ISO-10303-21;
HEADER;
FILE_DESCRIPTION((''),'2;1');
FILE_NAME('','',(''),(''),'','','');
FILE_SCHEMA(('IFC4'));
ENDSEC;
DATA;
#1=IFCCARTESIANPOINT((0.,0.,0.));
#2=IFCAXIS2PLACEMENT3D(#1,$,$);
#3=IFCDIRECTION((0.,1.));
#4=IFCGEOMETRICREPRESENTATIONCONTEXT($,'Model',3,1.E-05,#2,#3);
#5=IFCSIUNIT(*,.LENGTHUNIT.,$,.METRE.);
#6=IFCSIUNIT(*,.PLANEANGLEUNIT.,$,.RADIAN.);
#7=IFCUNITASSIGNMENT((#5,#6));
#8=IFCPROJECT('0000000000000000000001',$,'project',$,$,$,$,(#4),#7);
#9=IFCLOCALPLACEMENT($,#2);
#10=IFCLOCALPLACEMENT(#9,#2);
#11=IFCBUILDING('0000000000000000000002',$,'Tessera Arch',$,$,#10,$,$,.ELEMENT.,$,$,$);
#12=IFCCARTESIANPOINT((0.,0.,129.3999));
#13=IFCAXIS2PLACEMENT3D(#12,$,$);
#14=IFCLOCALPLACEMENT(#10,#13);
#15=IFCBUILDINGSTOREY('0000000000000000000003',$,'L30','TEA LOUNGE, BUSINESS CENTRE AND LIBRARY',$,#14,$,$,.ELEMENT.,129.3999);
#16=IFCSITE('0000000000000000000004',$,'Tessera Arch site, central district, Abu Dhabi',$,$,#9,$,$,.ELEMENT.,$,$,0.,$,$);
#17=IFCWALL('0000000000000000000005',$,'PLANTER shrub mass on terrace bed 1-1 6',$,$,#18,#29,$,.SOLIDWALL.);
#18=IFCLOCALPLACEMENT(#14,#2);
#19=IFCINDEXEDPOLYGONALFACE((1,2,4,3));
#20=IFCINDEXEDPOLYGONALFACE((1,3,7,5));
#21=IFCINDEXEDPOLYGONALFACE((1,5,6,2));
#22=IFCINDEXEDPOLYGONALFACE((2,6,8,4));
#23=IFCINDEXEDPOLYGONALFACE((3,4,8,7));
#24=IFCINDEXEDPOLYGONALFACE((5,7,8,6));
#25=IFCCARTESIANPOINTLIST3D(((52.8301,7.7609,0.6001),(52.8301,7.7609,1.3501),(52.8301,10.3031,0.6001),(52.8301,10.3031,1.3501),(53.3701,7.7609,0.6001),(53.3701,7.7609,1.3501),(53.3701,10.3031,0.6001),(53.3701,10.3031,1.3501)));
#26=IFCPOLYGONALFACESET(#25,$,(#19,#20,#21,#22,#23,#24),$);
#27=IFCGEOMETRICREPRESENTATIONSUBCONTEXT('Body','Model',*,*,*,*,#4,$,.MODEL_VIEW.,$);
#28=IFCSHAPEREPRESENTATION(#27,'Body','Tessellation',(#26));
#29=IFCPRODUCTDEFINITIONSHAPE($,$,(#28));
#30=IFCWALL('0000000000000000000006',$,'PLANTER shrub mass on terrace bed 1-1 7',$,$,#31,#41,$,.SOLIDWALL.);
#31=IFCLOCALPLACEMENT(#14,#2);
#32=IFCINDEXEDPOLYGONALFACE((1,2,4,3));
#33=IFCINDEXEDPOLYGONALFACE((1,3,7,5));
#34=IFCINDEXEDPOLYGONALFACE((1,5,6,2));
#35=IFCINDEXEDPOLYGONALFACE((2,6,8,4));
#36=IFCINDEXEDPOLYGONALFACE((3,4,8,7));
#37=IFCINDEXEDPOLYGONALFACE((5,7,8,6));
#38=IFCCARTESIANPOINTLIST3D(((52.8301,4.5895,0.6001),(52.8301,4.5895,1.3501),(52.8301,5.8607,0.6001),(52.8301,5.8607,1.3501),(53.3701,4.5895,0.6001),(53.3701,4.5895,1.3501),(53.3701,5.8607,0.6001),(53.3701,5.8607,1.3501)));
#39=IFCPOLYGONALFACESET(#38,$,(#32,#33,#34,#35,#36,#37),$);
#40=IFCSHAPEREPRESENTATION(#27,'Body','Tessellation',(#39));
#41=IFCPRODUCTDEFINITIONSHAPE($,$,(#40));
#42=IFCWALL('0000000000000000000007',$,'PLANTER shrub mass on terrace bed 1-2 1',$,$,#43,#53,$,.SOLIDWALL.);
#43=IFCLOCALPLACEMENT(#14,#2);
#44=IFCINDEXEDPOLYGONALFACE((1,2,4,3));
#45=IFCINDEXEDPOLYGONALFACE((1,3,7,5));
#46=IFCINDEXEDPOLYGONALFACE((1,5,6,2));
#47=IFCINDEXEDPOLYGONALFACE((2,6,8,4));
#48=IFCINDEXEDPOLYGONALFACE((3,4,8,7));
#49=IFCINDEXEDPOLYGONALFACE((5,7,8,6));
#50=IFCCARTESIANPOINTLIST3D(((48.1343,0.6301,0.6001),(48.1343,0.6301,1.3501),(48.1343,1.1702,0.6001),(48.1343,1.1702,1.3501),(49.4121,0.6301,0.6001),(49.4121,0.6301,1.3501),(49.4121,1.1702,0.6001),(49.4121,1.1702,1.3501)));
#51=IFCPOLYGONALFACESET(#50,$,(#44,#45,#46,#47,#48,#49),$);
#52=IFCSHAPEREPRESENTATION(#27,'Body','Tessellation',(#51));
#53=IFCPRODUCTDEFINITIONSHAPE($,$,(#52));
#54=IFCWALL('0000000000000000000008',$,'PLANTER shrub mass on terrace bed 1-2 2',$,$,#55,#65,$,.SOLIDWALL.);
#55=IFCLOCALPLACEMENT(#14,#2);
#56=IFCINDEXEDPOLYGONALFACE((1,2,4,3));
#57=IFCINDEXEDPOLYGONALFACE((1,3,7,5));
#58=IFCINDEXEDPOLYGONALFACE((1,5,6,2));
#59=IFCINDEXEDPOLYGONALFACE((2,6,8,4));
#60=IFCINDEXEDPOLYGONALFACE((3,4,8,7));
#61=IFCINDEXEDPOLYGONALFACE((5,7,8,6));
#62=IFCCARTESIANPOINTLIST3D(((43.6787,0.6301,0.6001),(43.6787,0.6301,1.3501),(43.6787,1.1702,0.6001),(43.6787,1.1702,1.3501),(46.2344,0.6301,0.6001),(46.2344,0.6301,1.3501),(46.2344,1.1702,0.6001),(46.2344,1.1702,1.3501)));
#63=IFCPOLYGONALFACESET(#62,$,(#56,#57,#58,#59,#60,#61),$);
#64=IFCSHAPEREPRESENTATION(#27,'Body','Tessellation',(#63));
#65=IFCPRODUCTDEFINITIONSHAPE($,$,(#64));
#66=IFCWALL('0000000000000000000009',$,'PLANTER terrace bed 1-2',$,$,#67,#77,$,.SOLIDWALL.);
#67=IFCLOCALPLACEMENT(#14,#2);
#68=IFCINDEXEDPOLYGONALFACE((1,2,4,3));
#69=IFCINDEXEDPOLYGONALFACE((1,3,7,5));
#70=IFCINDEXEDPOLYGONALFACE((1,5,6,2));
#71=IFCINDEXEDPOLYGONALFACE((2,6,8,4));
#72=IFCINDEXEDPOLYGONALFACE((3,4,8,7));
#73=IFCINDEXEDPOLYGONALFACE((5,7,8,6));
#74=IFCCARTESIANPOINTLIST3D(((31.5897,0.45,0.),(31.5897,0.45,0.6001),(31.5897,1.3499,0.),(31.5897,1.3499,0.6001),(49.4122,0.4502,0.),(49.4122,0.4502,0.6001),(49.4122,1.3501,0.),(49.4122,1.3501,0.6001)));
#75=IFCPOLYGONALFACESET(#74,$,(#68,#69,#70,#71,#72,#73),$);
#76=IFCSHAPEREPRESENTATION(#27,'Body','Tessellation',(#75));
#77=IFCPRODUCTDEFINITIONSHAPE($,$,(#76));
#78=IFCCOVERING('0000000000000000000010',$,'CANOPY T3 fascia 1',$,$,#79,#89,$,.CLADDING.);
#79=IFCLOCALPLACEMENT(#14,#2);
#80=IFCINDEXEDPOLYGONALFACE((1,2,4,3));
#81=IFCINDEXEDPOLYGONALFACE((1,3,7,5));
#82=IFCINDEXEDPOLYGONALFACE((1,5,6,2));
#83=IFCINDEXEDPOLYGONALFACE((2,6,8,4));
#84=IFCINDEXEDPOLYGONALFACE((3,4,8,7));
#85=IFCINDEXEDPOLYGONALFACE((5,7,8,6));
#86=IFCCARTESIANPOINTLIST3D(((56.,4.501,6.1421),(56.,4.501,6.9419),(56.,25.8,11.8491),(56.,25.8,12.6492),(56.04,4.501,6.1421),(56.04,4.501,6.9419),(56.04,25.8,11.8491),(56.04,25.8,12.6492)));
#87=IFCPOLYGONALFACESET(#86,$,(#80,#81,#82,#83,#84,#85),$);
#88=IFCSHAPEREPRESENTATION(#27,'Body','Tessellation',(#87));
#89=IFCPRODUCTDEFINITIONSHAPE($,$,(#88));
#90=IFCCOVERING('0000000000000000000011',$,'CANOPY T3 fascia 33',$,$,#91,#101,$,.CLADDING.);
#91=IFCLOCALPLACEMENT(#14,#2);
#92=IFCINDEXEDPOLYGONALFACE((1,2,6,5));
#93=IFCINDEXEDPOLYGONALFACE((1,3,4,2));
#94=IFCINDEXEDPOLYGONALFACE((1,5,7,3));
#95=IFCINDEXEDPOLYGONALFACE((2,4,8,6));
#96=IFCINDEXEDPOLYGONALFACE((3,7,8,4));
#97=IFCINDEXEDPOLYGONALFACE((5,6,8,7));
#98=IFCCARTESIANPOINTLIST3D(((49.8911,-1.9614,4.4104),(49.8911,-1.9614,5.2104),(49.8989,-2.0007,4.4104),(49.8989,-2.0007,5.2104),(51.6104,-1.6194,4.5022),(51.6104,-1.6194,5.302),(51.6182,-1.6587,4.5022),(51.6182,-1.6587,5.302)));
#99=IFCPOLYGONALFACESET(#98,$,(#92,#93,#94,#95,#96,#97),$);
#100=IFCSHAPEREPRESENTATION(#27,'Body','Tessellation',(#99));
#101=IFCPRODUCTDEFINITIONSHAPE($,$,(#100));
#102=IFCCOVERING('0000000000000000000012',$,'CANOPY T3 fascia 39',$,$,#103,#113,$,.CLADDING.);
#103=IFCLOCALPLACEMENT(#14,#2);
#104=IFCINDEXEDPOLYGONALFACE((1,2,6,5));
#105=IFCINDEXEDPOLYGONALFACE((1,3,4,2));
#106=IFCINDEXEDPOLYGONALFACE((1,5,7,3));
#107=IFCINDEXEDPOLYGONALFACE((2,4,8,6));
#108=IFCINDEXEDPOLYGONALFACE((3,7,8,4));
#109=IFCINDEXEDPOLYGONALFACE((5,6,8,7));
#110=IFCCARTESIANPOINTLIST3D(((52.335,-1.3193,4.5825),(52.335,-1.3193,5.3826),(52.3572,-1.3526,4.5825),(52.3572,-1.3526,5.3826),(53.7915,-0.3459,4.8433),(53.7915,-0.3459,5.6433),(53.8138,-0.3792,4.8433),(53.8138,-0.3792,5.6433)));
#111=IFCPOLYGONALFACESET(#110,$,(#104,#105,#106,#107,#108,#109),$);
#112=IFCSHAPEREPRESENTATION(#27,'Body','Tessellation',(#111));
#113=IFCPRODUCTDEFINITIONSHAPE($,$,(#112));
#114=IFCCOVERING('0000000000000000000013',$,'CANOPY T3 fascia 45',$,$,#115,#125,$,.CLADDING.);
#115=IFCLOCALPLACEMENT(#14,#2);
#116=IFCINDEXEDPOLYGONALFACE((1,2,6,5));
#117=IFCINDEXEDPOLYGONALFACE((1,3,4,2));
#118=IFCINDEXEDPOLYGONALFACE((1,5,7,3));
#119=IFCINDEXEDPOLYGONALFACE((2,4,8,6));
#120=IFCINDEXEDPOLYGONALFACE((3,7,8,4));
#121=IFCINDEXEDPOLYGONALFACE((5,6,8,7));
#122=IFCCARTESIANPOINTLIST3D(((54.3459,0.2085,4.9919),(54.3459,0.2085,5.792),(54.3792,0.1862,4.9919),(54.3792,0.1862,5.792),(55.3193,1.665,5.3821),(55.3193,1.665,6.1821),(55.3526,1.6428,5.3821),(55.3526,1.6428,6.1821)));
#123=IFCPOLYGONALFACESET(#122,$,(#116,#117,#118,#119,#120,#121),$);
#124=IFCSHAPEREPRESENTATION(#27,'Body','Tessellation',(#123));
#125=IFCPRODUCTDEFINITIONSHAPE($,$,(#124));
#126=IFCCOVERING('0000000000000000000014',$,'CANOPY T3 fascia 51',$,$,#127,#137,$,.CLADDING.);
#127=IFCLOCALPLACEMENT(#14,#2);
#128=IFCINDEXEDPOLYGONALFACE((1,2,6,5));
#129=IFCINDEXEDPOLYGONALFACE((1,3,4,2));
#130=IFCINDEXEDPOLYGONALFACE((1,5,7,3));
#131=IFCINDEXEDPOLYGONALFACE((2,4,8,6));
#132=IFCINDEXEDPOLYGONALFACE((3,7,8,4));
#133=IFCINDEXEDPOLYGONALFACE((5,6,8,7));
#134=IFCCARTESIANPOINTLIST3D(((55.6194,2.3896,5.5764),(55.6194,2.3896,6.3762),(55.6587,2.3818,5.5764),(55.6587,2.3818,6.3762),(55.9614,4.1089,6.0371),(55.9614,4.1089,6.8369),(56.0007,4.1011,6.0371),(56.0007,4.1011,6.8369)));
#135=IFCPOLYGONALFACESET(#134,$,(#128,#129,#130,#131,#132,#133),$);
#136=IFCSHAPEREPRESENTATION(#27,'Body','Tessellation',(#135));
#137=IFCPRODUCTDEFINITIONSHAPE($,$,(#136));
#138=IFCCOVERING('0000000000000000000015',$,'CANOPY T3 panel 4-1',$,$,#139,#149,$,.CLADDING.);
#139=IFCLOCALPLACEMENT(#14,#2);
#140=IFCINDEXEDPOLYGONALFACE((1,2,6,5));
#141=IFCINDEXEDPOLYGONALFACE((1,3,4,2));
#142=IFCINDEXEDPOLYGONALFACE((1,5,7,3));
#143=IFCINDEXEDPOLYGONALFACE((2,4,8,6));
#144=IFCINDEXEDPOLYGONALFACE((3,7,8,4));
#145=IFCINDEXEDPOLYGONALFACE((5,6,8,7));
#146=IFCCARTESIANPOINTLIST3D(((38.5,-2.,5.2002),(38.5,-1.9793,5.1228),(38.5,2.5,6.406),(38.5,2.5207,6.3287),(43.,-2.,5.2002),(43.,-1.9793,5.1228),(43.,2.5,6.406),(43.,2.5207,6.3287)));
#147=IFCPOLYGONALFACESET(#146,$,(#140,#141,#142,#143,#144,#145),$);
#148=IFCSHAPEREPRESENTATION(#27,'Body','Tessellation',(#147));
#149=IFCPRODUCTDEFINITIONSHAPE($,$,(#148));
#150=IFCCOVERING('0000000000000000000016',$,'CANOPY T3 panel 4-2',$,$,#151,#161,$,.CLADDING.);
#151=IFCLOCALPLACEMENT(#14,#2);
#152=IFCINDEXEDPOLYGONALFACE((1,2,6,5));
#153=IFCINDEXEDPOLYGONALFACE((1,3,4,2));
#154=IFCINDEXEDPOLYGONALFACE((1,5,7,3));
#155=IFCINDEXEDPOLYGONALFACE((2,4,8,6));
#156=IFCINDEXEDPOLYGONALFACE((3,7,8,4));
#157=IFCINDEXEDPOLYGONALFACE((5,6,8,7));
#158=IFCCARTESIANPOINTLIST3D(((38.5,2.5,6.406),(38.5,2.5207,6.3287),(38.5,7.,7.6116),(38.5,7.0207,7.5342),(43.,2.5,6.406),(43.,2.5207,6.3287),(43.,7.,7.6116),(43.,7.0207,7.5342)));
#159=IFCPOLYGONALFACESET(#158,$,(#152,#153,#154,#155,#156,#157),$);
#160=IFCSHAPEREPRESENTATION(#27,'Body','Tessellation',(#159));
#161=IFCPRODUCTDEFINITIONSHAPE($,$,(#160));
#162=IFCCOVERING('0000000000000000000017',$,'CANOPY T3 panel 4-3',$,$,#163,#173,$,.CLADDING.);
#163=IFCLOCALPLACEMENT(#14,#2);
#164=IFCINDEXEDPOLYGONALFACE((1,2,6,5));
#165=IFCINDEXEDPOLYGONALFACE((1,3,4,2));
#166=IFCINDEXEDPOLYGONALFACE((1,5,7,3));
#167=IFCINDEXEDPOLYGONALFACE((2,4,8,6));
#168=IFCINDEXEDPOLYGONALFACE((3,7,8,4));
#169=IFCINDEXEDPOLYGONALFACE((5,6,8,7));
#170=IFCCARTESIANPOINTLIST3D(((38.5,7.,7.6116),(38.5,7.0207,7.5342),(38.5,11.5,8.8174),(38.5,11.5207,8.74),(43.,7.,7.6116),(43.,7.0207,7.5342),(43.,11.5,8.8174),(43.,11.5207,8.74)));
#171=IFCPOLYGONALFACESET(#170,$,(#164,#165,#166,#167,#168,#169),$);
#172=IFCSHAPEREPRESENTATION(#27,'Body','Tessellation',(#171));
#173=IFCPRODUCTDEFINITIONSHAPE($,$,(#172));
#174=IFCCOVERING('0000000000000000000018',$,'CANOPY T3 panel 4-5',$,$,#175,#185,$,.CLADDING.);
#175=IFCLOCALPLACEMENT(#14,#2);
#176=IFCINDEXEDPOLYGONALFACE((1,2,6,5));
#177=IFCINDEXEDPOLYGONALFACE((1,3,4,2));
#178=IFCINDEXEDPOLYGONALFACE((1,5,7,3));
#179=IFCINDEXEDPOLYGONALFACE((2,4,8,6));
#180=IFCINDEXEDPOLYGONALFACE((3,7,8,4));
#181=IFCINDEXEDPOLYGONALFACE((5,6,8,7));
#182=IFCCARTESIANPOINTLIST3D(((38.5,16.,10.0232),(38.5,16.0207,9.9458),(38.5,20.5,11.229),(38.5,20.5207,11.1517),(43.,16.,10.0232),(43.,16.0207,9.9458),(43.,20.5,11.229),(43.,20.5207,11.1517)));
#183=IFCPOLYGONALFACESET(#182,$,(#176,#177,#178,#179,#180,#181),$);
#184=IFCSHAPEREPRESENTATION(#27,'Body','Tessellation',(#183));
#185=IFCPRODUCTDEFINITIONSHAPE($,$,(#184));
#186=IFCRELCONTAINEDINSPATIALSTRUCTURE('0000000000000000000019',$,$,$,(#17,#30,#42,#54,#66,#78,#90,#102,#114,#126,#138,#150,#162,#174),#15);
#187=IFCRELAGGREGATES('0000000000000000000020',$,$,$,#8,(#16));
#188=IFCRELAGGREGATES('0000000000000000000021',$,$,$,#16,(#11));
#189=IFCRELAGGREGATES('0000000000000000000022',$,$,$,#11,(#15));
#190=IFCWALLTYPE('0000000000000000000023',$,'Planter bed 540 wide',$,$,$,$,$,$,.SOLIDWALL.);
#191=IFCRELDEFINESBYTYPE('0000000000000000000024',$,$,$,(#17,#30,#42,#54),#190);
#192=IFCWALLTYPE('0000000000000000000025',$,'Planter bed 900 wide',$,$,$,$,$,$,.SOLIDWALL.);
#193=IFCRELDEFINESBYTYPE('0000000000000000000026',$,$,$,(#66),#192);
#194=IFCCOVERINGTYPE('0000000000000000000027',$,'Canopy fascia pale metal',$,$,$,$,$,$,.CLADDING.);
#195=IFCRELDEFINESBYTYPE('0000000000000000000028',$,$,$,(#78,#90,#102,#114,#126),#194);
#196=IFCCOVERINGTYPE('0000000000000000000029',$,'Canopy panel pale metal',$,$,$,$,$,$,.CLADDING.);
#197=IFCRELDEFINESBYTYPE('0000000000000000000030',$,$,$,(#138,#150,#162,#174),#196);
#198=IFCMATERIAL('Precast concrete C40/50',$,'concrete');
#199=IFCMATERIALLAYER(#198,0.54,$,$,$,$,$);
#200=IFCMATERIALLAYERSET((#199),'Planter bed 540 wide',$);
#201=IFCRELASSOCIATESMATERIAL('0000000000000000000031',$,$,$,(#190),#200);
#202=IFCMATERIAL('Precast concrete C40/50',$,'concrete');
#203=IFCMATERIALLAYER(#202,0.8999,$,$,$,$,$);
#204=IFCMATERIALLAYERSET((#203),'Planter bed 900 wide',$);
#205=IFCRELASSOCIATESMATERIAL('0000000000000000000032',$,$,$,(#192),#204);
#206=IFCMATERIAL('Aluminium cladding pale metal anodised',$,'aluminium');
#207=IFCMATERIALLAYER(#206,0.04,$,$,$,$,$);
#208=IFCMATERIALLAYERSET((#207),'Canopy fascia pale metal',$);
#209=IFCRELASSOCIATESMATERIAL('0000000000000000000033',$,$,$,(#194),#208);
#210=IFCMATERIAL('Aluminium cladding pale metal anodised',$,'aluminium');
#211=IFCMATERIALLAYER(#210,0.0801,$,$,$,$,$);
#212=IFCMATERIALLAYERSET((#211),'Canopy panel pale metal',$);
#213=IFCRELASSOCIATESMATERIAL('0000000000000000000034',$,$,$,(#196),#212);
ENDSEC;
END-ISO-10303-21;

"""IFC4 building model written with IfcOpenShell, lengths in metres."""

from ifc_helpers import new_model, si_unit, direction, frame, frame_2d, origin, place, context, subcontext, project, spatial, polyline, rectangle, outline, extrude, material, layer, layer_set, type_object, element, save


model = new_model("IFC4")

# Units and contexts
model_context = context("Model", 3, precision=1e-05, world=origin(), true_north=direction((0.0, 1.0)))
body_context = subcontext(model_context, "Body", "Model", "MODEL_VIEW")
ifc_project = project(units=[si_unit("LENGTHUNIT", "METRE"), si_unit("PLANEANGLEUNIT", "RADIAN")], contexts=[model_context])

# Site, building, storey
site_placement = place(None, origin())
site = spatial("IfcSite", under=ifc_project, at=site_placement, Name="Tessera Arch site, central district, Abu Dhabi", CompositionType="ELEMENT", RefElevation=0.0)
building_placement = place(site_placement, origin())
building = spatial("IfcBuilding", under=site, at=building_placement, Name="Tessera Arch", CompositionType="ELEMENT")
storey_placement = place(building_placement, frame((0.0, 0.0, 129.3999)))
storey = spatial("IfcBuildingStorey", under=building, at=storey_placement, Name="L30", Description="TEA LOUNGE, BUSINESS CENTRE AND LIBRARY", CompositionType="ELEMENT", Elevation=129.3999)

# Walls
ifc_material_1 = material(Name="Precast concrete C40/50", Category="concrete")
ifc_layer_1 = layer(ifc_material_1, 0.54)
ifc_layer_set_1 = layer_set([ifc_layer_1], Name="Planter bed 540 wide")
wall_type_1 = type_object("IfcWallType", Name="Planter bed 540 wide", PredefinedType="SOLIDWALL", material=ifc_layer_set_1)
wall_1_placement = place(storey_placement, frame((53.1001, 10.303, 0.6001), z_axis=(0.0, 0.0, 1.0), x_axis=(0.0, -1.0, 0.0)))
element("IfcWall", 1, at=wall_1_placement, inside=storey, type_object=wall_type_1, Name="PLANTER shrub mass on terrace bed 1-1 6", PredefinedType="SOLIDWALL", context=body_context, shape_type="SweptSolid", body=[
    extrude(rectangle(XDim=2.5422, YDim=0.54, at=frame_2d((1.271, 0.0))), origin(), (0.0, 0.0, 1.0), 0.75),
])
wall_2_placement = place(storey_placement, frame((53.1001, 5.8608, 0.6001), z_axis=(0.0, 0.0, 1.0), x_axis=(0.0, -1.0, 0.0)))
element("IfcWall", 2, at=wall_2_placement, inside=storey, type_object=wall_type_1, Name="PLANTER shrub mass on terrace bed 1-1 7", PredefinedType="SOLIDWALL", context=body_context, shape_type="SweptSolid", body=[
    extrude(rectangle(XDim=1.2712, YDim=0.54, at=frame_2d((0.6357, 0.0))), origin(), (0.0, 0.0, 1.0), 0.75),
])
wall_3_placement = place(storey_placement, frame((49.4121, 0.9001, 0.6001), z_axis=(0.0, 0.0, 1.0), x_axis=(-1.0, 0.0, 0.0)))
element("IfcWall", 3, at=wall_3_placement, inside=storey, type_object=wall_type_1, Name="PLANTER shrub mass on terrace bed 1-2 1", PredefinedType="SOLIDWALL", context=body_context, shape_type="SweptSolid", body=[
    extrude(rectangle(XDim=1.2778, YDim=0.54, at=frame_2d((0.6389, 0.0))), origin(), (0.0, 0.0, 1.0), 0.75),
])
wall_4_placement = place(storey_placement, frame((46.2344, 0.9001, 0.6001), z_axis=(0.0, 0.0, 1.0), x_axis=(-1.0, 0.0, 0.0)))
element("IfcWall", 4, at=wall_4_placement, inside=storey, type_object=wall_type_1, Name="PLANTER shrub mass on terrace bed 1-2 2", PredefinedType="SOLIDWALL", context=body_context, shape_type="SweptSolid", body=[
    extrude(rectangle(XDim=2.5557, YDim=0.54, at=frame_2d((1.2778, 0.0))), origin(), (0.0, 0.0, 1.0), 0.75),
])
ifc_material_2 = material(Name="Precast concrete C40/50", Category="concrete")
ifc_layer_2 = layer(ifc_material_2, 0.8999)
ifc_layer_set_2 = layer_set([ifc_layer_2], Name="Planter bed 900 wide")
wall_type_2 = type_object("IfcWallType", Name="Planter bed 900 wide", PredefinedType="SOLIDWALL", material=ifc_layer_set_2)
wall_5_placement = place(storey_placement, frame((49.4121, 0.9001, 0.0), z_axis=(0.0, 0.0, 1.0), x_axis=(-1.0, -0.000014, 0.0)))
element("IfcWall", 5, at=wall_5_placement, inside=storey, type_object=wall_type_2, Name="PLANTER terrace bed 1-2", PredefinedType="SOLIDWALL", context=body_context, shape_type="SweptSolid", body=[
    extrude(rectangle(XDim=17.8225, YDim=0.8999, at=frame_2d((8.9111, 0.0))), origin(), (0.0, 0.0, 1.0), 0.6001),
])

# Coverings
ifc_material_3 = material(Name="Aluminium cladding pale metal anodised", Category="aluminium")
ifc_layer_3 = layer(ifc_material_3, 0.04)
ifc_layer_set_3 = layer_set([ifc_layer_3], Name="Canopy fascia pale metal")
covering_type_1 = type_object("IfcCoveringType", Name="Canopy fascia pale metal", PredefinedType="CLADDING", material=ifc_layer_set_3)
covering_1_placement = place(storey_placement, frame((56.0, 4.501, 6.9419), z_axis=(-1.0, 0.0, 0.0), x_axis=(0.0, 0.965923, 0.258828)))
element("IfcCovering", 6, at=covering_1_placement, inside=storey, type_object=covering_type_1, Name="CANOPY T3 fascia 1", PredefinedType="CLADDING", context=body_context, shape_type="SweptSolid", body=[
    extrude(outline(polyline([(0.0, 0.0), (22.0505, 0.0), (21.8434, 0.7728), (-0.207, 0.7726), (0.0, 0.0)])), origin(), (0.0, 0.0, -1.0), 0.04),
])
covering_2_placement = place(storey_placement, frame((49.8911, -1.9614, 5.2104), z_axis=(-0.195125, 0.980778, 0.0), x_axis=(0.979443, 0.194859, 0.052157)))
element("IfcCovering", 7, at=covering_2_placement, inside=storey, type_object=covering_type_1, Name="CANOPY T3 fascia 33", PredefinedType="CLADDING", context=body_context, shape_type="SweptSolid", body=[
    extrude(outline(polyline([(0.0, 0.0), (1.7553, 0.0), (1.7136, 0.7987), (-0.0417, 0.799), (0.0, 0.0)])), origin(), (0.0, 0.0, -1.0), 0.04),
])
covering_3_placement = place(storey_placement, frame((52.335, -1.3193, 5.3826), z_axis=(-0.555632, 0.831428, 0.0), x_axis=(0.822369, 0.549579, 0.147216)))
element("IfcCovering", 8, at=covering_3_placement, inside=storey, type_object=covering_type_1, Name="CANOPY T3 fascia 39", PredefinedType="CLADDING", context=body_context, shape_type="SweptSolid", body=[
    extrude(outline(polyline([(0.0, 0.0), (1.7712, 0.0), (1.6534, 0.7913), (-0.1178, 0.7913), (0.0, 0.0)])), origin(), (0.0, 0.0, -1.0), 0.04),
])
covering_4_placement = place(storey_placement, frame((54.3459, 0.2085, 5.792), z_axis=(-0.831428, 0.555632, 0.0), x_axis=(0.542346, 0.811547, 0.217374)))
element("IfcCovering", 9, at=covering_4_placement, inside=storey, type_object=covering_type_1, Name="CANOPY T3 fascia 45", PredefinedType="CLADDING", context=body_context, shape_type="SweptSolid", body=[
    extrude(outline(polyline([(0.0, 0.0), (1.7948, 0.0), (1.6209, 0.7809), (-0.1739, 0.7809), (0.0, 0.0)])), origin(), (0.0, 0.0, -1.0), 0.04),
])
covering_5_placement = place(storey_placement, frame((55.6194, 2.3896, 6.3762), z_axis=(-0.980778, 0.195125, 0.0), x_axis=(0.188716, 0.948566, 0.254181)))
element("IfcCovering", 10, at=covering_5_placement, inside=storey, type_object=covering_type_1, Name="CANOPY T3 fascia 51", PredefinedType="CLADDING", context=body_context, shape_type="SweptSolid", body=[
    extrude(outline(polyline([(0.0, 0.0), (1.8125, 0.0), (1.6092, 0.7735), (-0.2033, 0.7735), (0.0, 0.0)])), origin(), (0.0, 0.0, -1.0), 0.04),
])
ifc_material_4 = material(Name="Aluminium cladding pale metal anodised", Category="aluminium")
ifc_layer_4 = layer(ifc_material_4, 0.0801)
ifc_layer_set_4 = layer_set([ifc_layer_4], Name="Canopy panel pale metal")
covering_type_2 = type_object("IfcCoveringType", Name="Canopy panel pale metal", PredefinedType="CLADDING", material=ifc_layer_set_4)
covering_6_placement = place(storey_placement, frame((43.0, -2.0, 5.2002), z_axis=(0.0, -0.258827, 0.965924), x_axis=(0.0, 0.965924, 0.258827)))
element("IfcCovering", 11, at=covering_6_placement, inside=storey, type_object=covering_type_2, Name="CANOPY T3 panel 4-1", PredefinedType="CLADDING", context=body_context, shape_type="SweptSolid", body=[
    extrude(outline(polyline([(0.0, 0.0), (4.6588, 0.0), (4.6588, 4.5), (0.0, 4.5), (0.0, 0.0)])), origin(), (0.0, 0.0, -1.0), 0.0801),
])
covering_7_placement = place(storey_placement, frame((43.0, 2.5, 6.406), z_axis=(0.0, -0.258778, 0.965937), x_axis=(0.0, 0.965937, 0.258778)))
element("IfcCovering", 12, at=covering_7_placement, inside=storey, type_object=covering_type_2, Name="CANOPY T3 panel 4-2", PredefinedType="CLADDING", context=body_context, shape_type="SweptSolid", body=[
    extrude(outline(polyline([(0.0, 0.0), (4.6587, 0.0), (4.6587, 4.5), (0.0, 4.5), (0.0, 0.0)])), origin(), (0.0, 0.0, -1.0), 0.0801),
])
for number, where, z_axis, x_axis, name in (
    (13, (43.0, 7.0, 7.6116), (0.0, -0.258827, 0.965924), (0.0, 0.965924, 0.258827), "CANOPY T3 panel 4-3"),
    (14, (43.0, 16.0, 10.0232), (0.0, -0.258827, 0.965924), (0.0, 0.965924, 0.258827), "CANOPY T3 panel 4-5"),
):
    element("IfcCovering", number, at=place(storey_placement, frame(where, z_axis=z_axis, x_axis=x_axis)), inside=storey, type_object=covering_type_2, Name=name, PredefinedType="CLADDING", context=body_context, shape_type="SweptSolid", body=[
        extrude(outline(polyline([(0.0, 0.0), (4.6588, 0.0), (4.6588, 4.5), (0.0, 4.5), (0.0, 0.0)])), origin(), (0.0, 0.0, -1.0), 0.0801),
    ])

save(model, "model.ifc")
